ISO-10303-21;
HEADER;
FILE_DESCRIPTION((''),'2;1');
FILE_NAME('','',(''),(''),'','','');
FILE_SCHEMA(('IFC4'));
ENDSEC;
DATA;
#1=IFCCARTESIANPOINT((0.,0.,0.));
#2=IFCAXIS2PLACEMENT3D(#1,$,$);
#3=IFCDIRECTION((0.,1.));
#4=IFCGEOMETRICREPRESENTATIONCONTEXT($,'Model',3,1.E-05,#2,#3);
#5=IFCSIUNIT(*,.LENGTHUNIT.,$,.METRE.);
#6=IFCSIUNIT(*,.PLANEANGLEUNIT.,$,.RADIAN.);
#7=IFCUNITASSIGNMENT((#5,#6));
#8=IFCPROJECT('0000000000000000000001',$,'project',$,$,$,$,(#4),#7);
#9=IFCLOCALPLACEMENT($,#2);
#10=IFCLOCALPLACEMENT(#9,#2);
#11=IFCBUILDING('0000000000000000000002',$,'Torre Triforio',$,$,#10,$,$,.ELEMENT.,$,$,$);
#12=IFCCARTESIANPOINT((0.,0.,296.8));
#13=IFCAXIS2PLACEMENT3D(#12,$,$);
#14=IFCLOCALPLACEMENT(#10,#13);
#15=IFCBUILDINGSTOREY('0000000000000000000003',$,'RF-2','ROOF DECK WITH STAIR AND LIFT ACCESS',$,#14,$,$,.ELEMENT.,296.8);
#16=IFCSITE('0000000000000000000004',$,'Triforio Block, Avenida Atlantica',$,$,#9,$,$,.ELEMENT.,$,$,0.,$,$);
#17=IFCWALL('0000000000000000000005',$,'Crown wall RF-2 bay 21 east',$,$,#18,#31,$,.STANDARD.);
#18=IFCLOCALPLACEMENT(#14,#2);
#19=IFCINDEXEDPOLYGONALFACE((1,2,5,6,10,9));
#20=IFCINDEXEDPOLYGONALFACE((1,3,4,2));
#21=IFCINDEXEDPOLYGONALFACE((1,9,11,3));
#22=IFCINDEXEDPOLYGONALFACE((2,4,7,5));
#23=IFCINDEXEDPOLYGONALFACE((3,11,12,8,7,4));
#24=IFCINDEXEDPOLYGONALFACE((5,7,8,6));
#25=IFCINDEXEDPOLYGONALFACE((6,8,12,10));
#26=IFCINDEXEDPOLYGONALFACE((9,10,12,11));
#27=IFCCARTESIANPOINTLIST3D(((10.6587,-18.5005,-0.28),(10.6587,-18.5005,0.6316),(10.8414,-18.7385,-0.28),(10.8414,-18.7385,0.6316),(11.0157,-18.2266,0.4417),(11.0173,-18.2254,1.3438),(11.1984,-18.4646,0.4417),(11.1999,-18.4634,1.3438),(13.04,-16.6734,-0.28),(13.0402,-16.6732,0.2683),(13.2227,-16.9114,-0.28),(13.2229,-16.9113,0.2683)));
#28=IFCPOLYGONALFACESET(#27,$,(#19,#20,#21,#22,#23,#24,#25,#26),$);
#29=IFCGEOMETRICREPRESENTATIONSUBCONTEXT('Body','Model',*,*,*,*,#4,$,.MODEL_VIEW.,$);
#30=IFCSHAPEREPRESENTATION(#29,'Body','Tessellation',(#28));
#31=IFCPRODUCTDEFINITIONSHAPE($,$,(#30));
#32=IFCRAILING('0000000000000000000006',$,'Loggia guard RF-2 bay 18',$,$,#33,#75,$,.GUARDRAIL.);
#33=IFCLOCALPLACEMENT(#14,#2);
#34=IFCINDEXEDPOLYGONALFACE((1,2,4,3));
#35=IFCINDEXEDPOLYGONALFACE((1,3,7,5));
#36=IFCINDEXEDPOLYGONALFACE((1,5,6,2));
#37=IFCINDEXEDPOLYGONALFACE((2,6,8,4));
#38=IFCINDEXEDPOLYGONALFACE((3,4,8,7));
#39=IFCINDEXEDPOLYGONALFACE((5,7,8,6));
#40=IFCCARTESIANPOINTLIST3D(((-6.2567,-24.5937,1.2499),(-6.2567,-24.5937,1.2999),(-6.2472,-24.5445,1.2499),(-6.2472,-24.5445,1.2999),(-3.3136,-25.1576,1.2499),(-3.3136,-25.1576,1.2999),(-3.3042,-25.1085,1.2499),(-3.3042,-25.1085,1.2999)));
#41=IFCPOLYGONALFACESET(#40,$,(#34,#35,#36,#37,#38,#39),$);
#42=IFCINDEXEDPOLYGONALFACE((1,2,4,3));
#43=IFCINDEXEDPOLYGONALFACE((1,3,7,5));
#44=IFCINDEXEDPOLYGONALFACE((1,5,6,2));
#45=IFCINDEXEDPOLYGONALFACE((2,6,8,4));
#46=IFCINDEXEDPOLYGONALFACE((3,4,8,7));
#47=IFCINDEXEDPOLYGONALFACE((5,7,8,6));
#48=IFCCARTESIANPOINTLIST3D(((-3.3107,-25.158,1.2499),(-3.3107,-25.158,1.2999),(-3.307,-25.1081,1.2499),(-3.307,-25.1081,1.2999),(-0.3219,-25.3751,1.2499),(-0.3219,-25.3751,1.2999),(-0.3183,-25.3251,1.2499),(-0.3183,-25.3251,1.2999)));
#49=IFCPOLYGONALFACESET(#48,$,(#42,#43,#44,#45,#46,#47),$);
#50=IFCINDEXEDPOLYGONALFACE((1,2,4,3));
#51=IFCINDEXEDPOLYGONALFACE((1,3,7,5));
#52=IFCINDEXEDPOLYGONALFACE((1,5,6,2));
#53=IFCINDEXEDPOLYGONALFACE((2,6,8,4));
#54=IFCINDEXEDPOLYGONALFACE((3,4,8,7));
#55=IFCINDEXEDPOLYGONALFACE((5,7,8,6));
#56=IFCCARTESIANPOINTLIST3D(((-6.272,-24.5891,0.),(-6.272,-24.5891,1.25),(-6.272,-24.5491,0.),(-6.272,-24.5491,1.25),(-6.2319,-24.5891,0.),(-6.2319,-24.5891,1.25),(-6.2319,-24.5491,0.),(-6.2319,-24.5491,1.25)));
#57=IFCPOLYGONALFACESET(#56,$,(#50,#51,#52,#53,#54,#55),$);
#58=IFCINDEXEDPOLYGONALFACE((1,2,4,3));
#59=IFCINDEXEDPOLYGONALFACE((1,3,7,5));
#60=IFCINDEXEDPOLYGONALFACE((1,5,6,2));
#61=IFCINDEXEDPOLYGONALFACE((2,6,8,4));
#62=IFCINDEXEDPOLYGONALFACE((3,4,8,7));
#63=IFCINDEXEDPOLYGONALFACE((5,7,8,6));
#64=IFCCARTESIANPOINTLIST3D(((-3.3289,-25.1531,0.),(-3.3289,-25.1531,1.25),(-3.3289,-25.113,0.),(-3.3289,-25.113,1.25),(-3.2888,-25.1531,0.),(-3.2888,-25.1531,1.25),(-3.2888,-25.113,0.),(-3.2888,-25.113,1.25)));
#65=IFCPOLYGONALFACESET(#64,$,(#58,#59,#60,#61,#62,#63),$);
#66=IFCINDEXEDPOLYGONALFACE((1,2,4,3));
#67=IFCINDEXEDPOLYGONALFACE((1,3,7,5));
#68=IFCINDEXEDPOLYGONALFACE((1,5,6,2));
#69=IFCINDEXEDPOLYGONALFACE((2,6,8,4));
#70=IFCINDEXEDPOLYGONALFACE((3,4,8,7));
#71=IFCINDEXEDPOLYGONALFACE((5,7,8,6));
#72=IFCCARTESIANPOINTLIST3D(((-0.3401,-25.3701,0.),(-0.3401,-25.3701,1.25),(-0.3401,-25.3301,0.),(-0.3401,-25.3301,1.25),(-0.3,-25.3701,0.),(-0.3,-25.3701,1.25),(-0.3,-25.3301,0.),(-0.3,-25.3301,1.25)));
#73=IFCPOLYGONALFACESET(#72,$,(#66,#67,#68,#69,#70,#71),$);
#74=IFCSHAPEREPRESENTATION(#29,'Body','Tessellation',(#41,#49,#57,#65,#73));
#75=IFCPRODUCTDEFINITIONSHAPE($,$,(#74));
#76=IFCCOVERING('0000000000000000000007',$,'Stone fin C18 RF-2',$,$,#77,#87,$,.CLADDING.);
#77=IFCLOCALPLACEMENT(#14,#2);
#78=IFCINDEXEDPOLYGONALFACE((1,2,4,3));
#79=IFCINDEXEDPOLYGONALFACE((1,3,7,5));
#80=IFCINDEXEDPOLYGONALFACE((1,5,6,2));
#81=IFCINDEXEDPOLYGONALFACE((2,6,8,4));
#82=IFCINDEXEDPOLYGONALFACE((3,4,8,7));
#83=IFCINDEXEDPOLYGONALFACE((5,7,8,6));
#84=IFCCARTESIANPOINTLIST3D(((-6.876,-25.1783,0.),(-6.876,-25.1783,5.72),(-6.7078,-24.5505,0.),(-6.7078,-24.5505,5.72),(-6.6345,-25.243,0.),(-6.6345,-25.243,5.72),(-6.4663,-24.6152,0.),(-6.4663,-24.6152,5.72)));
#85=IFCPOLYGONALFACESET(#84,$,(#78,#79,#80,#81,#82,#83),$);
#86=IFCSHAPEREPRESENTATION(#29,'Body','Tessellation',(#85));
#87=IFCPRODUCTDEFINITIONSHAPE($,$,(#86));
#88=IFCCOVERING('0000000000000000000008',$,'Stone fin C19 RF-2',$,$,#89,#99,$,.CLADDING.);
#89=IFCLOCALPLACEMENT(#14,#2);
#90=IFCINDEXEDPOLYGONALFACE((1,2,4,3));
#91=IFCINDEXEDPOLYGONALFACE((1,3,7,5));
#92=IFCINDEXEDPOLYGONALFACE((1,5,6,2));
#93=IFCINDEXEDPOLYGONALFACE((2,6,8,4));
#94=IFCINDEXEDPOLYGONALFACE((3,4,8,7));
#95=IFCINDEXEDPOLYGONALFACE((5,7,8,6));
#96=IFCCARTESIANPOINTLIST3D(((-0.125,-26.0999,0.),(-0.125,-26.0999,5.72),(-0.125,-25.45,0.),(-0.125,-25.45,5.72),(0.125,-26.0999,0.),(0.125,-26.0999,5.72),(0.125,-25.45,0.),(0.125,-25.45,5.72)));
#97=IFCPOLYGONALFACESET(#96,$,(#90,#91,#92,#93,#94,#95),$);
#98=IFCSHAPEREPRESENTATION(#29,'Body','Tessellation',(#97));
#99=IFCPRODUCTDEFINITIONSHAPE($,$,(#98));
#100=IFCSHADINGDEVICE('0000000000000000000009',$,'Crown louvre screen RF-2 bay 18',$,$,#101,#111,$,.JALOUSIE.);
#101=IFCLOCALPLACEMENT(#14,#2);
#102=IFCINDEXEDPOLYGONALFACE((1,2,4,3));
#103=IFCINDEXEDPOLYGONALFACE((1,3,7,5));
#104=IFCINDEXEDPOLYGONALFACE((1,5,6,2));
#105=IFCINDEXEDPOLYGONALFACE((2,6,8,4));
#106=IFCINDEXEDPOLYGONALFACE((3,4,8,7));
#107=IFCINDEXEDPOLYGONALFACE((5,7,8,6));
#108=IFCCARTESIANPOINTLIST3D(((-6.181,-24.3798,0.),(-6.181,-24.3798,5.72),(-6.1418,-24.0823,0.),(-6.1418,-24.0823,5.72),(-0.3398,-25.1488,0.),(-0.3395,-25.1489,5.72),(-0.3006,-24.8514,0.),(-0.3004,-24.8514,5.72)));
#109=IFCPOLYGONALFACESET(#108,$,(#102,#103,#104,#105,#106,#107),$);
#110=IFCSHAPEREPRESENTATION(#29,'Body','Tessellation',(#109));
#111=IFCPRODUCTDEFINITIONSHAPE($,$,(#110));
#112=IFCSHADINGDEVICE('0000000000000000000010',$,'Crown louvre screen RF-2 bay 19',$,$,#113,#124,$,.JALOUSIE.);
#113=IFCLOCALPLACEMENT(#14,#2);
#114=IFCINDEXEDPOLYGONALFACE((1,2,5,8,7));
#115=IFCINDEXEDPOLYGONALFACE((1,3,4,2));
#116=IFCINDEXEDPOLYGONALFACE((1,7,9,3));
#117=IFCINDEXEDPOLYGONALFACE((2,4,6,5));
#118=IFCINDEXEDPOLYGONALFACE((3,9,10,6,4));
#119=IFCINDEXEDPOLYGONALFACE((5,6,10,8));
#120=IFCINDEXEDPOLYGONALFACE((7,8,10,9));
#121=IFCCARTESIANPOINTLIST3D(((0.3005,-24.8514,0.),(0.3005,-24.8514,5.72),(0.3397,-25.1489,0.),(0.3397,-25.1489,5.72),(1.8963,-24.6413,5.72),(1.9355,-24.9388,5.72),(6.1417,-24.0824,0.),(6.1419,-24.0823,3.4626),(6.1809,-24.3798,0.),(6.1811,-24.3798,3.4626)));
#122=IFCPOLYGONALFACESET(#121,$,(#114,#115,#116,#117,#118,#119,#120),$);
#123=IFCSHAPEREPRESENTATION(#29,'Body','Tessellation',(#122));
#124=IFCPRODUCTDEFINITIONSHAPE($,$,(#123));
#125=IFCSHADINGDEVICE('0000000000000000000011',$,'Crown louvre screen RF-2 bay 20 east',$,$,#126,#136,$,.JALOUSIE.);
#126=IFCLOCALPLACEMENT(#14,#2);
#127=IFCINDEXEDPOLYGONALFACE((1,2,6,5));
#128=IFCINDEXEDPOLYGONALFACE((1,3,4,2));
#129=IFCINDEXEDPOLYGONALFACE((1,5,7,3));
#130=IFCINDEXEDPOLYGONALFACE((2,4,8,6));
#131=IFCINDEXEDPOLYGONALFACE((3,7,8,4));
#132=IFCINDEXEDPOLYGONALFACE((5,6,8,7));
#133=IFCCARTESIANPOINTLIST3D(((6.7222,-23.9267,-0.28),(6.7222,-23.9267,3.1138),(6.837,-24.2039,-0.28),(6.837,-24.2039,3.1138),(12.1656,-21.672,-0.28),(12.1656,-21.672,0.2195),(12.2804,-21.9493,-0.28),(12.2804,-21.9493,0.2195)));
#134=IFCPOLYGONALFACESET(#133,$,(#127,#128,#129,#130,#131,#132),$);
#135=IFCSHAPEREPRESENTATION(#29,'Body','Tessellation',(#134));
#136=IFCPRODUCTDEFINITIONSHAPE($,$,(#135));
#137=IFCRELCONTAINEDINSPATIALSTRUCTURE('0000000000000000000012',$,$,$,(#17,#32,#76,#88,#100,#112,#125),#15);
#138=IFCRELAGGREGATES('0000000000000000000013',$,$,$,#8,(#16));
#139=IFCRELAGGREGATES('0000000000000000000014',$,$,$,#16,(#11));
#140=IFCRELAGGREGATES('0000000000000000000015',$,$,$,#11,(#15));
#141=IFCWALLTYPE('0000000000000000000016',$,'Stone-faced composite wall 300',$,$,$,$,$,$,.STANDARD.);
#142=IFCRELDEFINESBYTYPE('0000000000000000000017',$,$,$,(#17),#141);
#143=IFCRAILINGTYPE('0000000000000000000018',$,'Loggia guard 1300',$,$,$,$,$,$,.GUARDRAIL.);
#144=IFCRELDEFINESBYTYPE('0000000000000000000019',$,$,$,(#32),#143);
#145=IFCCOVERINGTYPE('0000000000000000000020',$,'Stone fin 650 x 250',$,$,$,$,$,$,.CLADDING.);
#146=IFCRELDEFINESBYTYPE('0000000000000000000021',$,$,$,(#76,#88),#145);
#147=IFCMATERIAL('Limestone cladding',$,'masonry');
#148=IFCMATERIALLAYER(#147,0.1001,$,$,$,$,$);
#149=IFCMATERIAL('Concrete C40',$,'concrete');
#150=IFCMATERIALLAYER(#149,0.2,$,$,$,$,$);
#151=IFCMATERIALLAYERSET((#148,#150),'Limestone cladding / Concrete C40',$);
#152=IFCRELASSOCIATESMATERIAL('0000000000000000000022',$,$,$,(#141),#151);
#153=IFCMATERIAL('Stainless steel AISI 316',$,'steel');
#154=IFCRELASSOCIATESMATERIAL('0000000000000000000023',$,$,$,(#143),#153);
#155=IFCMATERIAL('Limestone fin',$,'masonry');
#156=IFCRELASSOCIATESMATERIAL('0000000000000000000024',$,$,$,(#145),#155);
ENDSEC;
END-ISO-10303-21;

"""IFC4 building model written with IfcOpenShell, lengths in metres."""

from ifc_helpers import new_model, si_unit, direction, frame, origin, origin_2d, place, context, subcontext, project, spatial, polyline, rectangle, outline, extrude, material, layer, layer_set, material_profile, profile_set, type_object, element, save


model = new_model("IFC4")

# Units and contexts
model_context = context("Model", 3, precision=1e-05, world=origin(), true_north=direction((0.0, 1.0)))
body_context = subcontext(model_context, "Body", "Model", "MODEL_VIEW")
ifc_project = project(units=[si_unit("LENGTHUNIT", "METRE"), si_unit("PLANEANGLEUNIT", "RADIAN")], contexts=[model_context])

# Site, building, storey
site_placement = place(None, origin())
site = spatial("IfcSite", under=ifc_project, at=site_placement, Name="Triforio Block, Avenida Atlantica", CompositionType="ELEMENT", RefElevation=0.0)
building_placement = place(site_placement, origin())
building = spatial("IfcBuilding", under=site, at=building_placement, Name="Torre Triforio", CompositionType="ELEMENT")
storey_placement = place(building_placement, frame((0.0, 0.0, 296.8)))
storey = spatial("IfcBuildingStorey", under=building, at=storey_placement, Name="RF-2", Description="ROOF DECK WITH STAIR AND LIFT ACCESS", CompositionType="ELEMENT", Elevation=296.8)

# Shared definitions
ifc_material_1 = material(Name="Concrete C40", Category="concrete")

# Wall
ifc_material_2 = material(Name="Limestone cladding", Category="masonry")
ifc_layer_1 = layer(ifc_material_2, 0.1001)
ifc_layer_2 = layer(ifc_material_1, 0.2)
ifc_layer_set_1 = layer_set([ifc_layer_1, ifc_layer_2], Name="Limestone cladding / Concrete C40")
wall_type = type_object("IfcWallType", Name="Stone-faced composite wall 300", PredefinedType="STANDARD", material=ifc_layer_set_1)
wall_1_placement = place(storey_placement, frame((10.75, -18.6194, -0.28), z_axis=(0.0, 0.0, 1.0), x_axis=(0.793373, 0.608735, 0.0)))
element("IfcWall", 1, at=wall_1_placement, inside=storey, type_object=wall_type, Name="Crown wall RF-2 bay 21 east", PredefinedType="STANDARD", context=body_context, shape_type="SweptSolid", body=[
    extrude(outline(polyline([(0.0, 0.0), (3.0015, 0.0), (3.0017, 0.5483), (0.4519, 1.6238), (0.45, 0.7217), (0.0, 0.9116), (0.0, 0.0)])), frame((0.0, 0.1499, 0.0), z_axis=(0.0, -1.0, 0.0), x_axis=(1.0, 0.0, 0.0)), (0.0, 0.0, 1.0), 0.3),
])

# Railing
ifc_material_3 = material(Name="Stainless steel AISI 316", Category="steel")
railing_type = type_object("IfcRailingType", Name="Loggia guard 1300", PredefinedType="GUARDRAIL", material=ifc_material_3)
railing_placement = place(storey_placement, frame((-6.252, -24.5691, 0.0)))
element("IfcRailing", 2, at=railing_placement, inside=storey, type_object=railing_type, Name="Loggia guard RF-2 bay 18", PredefinedType="GUARDRAIL", context=body_context, shape_type="SweptSolid", body=[
    extrude(rectangle(XDim=0.05, YDim=0.05, at=origin_2d()), frame((0.0, 0.0, 1.2749), z_axis=(0.982131, -0.188198, 0.0), x_axis=(0.188198, 0.982131, 0.0)), (0.0, 0.0, 1.0), 2.9966),
    extrude(rectangle(XDim=0.05, YDim=0.05, at=origin_2d()), frame((2.9431, -0.564, 1.2749), z_axis=(0.997374, -0.072428, 0.0), x_axis=(0.072428, 0.997374, 0.0)), (0.0, 0.0, 1.0), 2.9966),
    extrude(rectangle(XDim=0.04, YDim=0.04, at=origin_2d()), origin(), (0.0, 0.0, 1.0), 1.25),
    extrude(rectangle(XDim=0.04, YDim=0.04, at=origin_2d()), frame((2.9431, -0.564, 0.0)), (0.0, 0.0, 1.0), 1.25),
    extrude(rectangle(XDim=0.04, YDim=0.04, at=origin_2d()), frame((5.9319, -0.781, 0.0)), (0.0, 0.0, 1.0), 1.25),
])

# Coverings
ifc_material_4 = material(Name="Limestone fin", Category="masonry")
ifc_material_profile_1 = material_profile(ifc_material_4, rectangle(XDim=0.6499, YDim=0.25, at=origin_2d()), Name="FIN 650x250")
ifc_profile_set_1 = profile_set([ifc_material_profile_1], Name="Limestone fin")
covering_type = type_object("IfcCoveringType", Name="Stone fin 650 x 250", PredefinedType="CLADDING", material=ifc_profile_set_1)
for number, where, z_axis, x_axis, name in (
    (3, (-6.6711, -24.8967, 0.0), (0.0, 0.0, 1.0), (-0.258819, -0.965926, 0.0), "Stone fin C18 RF-2"),
    (4, (0.0, -25.7749, 0.0), (0.0, 0.0, 1.0), (0.0, -1.0, 0.0), "Stone fin C19 RF-2"),
):
    element("IfcCovering", number, at=place(storey_placement, frame(where, z_axis=z_axis, x_axis=x_axis)), inside=storey, type_object=covering_type, Name=name, PredefinedType="CLADDING", context=body_context, shape_type="SweptSolid", body=[
        extrude(rectangle(XDim=0.6499, YDim=0.25, at=origin_2d()), origin(), (0.0, 0.0, 1.0), 5.72),
    ])

# Shading devices
shading_device_1_placement = place(storey_placement, frame((-6.1614, -24.231, 0.0), z_axis=(0.0, 0.0, 1.0), x_axis=(0.991444, -0.13053, 0.0)))
element("IfcShadingDevice", 5, at=shading_device_1_placement, inside=storey, Name="Crown louvre screen RF-2 bay 18", PredefinedType="JALOUSIE", context=body_context, shape_type="SweptSolid", body=[
    extrude(outline(polyline([(0.0, 0.0), (5.8916, 0.0), (5.8918, 5.72), (0.0, 5.72), (0.0, 0.0)])), frame((0.0, 0.1499, 0.0), z_axis=(0.0, -1.0, 0.0), x_axis=(1.0, 0.0, 0.0)), (0.0, 0.0, 1.0), 0.3),
])
shading_device_2_placement = place(storey_placement, frame((0.3201, -25.0, 0.0), z_axis=(0.0, 0.0, 1.0), x_axis=(0.991444, 0.13053, 0.0)))
element("IfcShadingDevice", 6, at=shading_device_2_placement, inside=storey, Name="Crown louvre screen RF-2 bay 19", PredefinedType="JALOUSIE", context=body_context, shape_type="SweptSolid", body=[
    extrude(outline(polyline([(0.0, 0.0), (5.8916, 0.0), (5.8918, 3.4626), (1.6096, 5.72), (0.0, 5.72), (0.0, 0.0)])), frame((0.0, 0.1499, 0.0), z_axis=(0.0, -1.0, 0.0), x_axis=(1.0, 0.0, 0.0)), (0.0, 0.0, 1.0), 0.3),
])
shading_device_3_placement = place(storey_placement, frame((6.7795, -24.0652, -0.28), z_axis=(0.0, 0.0, 1.0), x_axis=(0.923884, 0.382673, 0.0)))
element("IfcShadingDevice", 7, at=shading_device_3_placement, inside=storey, Name="Crown louvre screen RF-2 bay 20 east", PredefinedType="JALOUSIE", context=body_context, shape_type="SweptSolid", body=[
    extrude(outline(polyline([(0.0, 0.0), (5.8918, 0.0), (5.8918, 0.4995), (0.0, 3.3938), (0.0, 0.0)])), frame((0.0, 0.1499, 0.0), z_axis=(0.0, -1.0, 0.0), x_axis=(1.0, 0.0, 0.0)), (0.0, 0.0, 1.0), 0.3),
])

save(model, "model.ifc")
